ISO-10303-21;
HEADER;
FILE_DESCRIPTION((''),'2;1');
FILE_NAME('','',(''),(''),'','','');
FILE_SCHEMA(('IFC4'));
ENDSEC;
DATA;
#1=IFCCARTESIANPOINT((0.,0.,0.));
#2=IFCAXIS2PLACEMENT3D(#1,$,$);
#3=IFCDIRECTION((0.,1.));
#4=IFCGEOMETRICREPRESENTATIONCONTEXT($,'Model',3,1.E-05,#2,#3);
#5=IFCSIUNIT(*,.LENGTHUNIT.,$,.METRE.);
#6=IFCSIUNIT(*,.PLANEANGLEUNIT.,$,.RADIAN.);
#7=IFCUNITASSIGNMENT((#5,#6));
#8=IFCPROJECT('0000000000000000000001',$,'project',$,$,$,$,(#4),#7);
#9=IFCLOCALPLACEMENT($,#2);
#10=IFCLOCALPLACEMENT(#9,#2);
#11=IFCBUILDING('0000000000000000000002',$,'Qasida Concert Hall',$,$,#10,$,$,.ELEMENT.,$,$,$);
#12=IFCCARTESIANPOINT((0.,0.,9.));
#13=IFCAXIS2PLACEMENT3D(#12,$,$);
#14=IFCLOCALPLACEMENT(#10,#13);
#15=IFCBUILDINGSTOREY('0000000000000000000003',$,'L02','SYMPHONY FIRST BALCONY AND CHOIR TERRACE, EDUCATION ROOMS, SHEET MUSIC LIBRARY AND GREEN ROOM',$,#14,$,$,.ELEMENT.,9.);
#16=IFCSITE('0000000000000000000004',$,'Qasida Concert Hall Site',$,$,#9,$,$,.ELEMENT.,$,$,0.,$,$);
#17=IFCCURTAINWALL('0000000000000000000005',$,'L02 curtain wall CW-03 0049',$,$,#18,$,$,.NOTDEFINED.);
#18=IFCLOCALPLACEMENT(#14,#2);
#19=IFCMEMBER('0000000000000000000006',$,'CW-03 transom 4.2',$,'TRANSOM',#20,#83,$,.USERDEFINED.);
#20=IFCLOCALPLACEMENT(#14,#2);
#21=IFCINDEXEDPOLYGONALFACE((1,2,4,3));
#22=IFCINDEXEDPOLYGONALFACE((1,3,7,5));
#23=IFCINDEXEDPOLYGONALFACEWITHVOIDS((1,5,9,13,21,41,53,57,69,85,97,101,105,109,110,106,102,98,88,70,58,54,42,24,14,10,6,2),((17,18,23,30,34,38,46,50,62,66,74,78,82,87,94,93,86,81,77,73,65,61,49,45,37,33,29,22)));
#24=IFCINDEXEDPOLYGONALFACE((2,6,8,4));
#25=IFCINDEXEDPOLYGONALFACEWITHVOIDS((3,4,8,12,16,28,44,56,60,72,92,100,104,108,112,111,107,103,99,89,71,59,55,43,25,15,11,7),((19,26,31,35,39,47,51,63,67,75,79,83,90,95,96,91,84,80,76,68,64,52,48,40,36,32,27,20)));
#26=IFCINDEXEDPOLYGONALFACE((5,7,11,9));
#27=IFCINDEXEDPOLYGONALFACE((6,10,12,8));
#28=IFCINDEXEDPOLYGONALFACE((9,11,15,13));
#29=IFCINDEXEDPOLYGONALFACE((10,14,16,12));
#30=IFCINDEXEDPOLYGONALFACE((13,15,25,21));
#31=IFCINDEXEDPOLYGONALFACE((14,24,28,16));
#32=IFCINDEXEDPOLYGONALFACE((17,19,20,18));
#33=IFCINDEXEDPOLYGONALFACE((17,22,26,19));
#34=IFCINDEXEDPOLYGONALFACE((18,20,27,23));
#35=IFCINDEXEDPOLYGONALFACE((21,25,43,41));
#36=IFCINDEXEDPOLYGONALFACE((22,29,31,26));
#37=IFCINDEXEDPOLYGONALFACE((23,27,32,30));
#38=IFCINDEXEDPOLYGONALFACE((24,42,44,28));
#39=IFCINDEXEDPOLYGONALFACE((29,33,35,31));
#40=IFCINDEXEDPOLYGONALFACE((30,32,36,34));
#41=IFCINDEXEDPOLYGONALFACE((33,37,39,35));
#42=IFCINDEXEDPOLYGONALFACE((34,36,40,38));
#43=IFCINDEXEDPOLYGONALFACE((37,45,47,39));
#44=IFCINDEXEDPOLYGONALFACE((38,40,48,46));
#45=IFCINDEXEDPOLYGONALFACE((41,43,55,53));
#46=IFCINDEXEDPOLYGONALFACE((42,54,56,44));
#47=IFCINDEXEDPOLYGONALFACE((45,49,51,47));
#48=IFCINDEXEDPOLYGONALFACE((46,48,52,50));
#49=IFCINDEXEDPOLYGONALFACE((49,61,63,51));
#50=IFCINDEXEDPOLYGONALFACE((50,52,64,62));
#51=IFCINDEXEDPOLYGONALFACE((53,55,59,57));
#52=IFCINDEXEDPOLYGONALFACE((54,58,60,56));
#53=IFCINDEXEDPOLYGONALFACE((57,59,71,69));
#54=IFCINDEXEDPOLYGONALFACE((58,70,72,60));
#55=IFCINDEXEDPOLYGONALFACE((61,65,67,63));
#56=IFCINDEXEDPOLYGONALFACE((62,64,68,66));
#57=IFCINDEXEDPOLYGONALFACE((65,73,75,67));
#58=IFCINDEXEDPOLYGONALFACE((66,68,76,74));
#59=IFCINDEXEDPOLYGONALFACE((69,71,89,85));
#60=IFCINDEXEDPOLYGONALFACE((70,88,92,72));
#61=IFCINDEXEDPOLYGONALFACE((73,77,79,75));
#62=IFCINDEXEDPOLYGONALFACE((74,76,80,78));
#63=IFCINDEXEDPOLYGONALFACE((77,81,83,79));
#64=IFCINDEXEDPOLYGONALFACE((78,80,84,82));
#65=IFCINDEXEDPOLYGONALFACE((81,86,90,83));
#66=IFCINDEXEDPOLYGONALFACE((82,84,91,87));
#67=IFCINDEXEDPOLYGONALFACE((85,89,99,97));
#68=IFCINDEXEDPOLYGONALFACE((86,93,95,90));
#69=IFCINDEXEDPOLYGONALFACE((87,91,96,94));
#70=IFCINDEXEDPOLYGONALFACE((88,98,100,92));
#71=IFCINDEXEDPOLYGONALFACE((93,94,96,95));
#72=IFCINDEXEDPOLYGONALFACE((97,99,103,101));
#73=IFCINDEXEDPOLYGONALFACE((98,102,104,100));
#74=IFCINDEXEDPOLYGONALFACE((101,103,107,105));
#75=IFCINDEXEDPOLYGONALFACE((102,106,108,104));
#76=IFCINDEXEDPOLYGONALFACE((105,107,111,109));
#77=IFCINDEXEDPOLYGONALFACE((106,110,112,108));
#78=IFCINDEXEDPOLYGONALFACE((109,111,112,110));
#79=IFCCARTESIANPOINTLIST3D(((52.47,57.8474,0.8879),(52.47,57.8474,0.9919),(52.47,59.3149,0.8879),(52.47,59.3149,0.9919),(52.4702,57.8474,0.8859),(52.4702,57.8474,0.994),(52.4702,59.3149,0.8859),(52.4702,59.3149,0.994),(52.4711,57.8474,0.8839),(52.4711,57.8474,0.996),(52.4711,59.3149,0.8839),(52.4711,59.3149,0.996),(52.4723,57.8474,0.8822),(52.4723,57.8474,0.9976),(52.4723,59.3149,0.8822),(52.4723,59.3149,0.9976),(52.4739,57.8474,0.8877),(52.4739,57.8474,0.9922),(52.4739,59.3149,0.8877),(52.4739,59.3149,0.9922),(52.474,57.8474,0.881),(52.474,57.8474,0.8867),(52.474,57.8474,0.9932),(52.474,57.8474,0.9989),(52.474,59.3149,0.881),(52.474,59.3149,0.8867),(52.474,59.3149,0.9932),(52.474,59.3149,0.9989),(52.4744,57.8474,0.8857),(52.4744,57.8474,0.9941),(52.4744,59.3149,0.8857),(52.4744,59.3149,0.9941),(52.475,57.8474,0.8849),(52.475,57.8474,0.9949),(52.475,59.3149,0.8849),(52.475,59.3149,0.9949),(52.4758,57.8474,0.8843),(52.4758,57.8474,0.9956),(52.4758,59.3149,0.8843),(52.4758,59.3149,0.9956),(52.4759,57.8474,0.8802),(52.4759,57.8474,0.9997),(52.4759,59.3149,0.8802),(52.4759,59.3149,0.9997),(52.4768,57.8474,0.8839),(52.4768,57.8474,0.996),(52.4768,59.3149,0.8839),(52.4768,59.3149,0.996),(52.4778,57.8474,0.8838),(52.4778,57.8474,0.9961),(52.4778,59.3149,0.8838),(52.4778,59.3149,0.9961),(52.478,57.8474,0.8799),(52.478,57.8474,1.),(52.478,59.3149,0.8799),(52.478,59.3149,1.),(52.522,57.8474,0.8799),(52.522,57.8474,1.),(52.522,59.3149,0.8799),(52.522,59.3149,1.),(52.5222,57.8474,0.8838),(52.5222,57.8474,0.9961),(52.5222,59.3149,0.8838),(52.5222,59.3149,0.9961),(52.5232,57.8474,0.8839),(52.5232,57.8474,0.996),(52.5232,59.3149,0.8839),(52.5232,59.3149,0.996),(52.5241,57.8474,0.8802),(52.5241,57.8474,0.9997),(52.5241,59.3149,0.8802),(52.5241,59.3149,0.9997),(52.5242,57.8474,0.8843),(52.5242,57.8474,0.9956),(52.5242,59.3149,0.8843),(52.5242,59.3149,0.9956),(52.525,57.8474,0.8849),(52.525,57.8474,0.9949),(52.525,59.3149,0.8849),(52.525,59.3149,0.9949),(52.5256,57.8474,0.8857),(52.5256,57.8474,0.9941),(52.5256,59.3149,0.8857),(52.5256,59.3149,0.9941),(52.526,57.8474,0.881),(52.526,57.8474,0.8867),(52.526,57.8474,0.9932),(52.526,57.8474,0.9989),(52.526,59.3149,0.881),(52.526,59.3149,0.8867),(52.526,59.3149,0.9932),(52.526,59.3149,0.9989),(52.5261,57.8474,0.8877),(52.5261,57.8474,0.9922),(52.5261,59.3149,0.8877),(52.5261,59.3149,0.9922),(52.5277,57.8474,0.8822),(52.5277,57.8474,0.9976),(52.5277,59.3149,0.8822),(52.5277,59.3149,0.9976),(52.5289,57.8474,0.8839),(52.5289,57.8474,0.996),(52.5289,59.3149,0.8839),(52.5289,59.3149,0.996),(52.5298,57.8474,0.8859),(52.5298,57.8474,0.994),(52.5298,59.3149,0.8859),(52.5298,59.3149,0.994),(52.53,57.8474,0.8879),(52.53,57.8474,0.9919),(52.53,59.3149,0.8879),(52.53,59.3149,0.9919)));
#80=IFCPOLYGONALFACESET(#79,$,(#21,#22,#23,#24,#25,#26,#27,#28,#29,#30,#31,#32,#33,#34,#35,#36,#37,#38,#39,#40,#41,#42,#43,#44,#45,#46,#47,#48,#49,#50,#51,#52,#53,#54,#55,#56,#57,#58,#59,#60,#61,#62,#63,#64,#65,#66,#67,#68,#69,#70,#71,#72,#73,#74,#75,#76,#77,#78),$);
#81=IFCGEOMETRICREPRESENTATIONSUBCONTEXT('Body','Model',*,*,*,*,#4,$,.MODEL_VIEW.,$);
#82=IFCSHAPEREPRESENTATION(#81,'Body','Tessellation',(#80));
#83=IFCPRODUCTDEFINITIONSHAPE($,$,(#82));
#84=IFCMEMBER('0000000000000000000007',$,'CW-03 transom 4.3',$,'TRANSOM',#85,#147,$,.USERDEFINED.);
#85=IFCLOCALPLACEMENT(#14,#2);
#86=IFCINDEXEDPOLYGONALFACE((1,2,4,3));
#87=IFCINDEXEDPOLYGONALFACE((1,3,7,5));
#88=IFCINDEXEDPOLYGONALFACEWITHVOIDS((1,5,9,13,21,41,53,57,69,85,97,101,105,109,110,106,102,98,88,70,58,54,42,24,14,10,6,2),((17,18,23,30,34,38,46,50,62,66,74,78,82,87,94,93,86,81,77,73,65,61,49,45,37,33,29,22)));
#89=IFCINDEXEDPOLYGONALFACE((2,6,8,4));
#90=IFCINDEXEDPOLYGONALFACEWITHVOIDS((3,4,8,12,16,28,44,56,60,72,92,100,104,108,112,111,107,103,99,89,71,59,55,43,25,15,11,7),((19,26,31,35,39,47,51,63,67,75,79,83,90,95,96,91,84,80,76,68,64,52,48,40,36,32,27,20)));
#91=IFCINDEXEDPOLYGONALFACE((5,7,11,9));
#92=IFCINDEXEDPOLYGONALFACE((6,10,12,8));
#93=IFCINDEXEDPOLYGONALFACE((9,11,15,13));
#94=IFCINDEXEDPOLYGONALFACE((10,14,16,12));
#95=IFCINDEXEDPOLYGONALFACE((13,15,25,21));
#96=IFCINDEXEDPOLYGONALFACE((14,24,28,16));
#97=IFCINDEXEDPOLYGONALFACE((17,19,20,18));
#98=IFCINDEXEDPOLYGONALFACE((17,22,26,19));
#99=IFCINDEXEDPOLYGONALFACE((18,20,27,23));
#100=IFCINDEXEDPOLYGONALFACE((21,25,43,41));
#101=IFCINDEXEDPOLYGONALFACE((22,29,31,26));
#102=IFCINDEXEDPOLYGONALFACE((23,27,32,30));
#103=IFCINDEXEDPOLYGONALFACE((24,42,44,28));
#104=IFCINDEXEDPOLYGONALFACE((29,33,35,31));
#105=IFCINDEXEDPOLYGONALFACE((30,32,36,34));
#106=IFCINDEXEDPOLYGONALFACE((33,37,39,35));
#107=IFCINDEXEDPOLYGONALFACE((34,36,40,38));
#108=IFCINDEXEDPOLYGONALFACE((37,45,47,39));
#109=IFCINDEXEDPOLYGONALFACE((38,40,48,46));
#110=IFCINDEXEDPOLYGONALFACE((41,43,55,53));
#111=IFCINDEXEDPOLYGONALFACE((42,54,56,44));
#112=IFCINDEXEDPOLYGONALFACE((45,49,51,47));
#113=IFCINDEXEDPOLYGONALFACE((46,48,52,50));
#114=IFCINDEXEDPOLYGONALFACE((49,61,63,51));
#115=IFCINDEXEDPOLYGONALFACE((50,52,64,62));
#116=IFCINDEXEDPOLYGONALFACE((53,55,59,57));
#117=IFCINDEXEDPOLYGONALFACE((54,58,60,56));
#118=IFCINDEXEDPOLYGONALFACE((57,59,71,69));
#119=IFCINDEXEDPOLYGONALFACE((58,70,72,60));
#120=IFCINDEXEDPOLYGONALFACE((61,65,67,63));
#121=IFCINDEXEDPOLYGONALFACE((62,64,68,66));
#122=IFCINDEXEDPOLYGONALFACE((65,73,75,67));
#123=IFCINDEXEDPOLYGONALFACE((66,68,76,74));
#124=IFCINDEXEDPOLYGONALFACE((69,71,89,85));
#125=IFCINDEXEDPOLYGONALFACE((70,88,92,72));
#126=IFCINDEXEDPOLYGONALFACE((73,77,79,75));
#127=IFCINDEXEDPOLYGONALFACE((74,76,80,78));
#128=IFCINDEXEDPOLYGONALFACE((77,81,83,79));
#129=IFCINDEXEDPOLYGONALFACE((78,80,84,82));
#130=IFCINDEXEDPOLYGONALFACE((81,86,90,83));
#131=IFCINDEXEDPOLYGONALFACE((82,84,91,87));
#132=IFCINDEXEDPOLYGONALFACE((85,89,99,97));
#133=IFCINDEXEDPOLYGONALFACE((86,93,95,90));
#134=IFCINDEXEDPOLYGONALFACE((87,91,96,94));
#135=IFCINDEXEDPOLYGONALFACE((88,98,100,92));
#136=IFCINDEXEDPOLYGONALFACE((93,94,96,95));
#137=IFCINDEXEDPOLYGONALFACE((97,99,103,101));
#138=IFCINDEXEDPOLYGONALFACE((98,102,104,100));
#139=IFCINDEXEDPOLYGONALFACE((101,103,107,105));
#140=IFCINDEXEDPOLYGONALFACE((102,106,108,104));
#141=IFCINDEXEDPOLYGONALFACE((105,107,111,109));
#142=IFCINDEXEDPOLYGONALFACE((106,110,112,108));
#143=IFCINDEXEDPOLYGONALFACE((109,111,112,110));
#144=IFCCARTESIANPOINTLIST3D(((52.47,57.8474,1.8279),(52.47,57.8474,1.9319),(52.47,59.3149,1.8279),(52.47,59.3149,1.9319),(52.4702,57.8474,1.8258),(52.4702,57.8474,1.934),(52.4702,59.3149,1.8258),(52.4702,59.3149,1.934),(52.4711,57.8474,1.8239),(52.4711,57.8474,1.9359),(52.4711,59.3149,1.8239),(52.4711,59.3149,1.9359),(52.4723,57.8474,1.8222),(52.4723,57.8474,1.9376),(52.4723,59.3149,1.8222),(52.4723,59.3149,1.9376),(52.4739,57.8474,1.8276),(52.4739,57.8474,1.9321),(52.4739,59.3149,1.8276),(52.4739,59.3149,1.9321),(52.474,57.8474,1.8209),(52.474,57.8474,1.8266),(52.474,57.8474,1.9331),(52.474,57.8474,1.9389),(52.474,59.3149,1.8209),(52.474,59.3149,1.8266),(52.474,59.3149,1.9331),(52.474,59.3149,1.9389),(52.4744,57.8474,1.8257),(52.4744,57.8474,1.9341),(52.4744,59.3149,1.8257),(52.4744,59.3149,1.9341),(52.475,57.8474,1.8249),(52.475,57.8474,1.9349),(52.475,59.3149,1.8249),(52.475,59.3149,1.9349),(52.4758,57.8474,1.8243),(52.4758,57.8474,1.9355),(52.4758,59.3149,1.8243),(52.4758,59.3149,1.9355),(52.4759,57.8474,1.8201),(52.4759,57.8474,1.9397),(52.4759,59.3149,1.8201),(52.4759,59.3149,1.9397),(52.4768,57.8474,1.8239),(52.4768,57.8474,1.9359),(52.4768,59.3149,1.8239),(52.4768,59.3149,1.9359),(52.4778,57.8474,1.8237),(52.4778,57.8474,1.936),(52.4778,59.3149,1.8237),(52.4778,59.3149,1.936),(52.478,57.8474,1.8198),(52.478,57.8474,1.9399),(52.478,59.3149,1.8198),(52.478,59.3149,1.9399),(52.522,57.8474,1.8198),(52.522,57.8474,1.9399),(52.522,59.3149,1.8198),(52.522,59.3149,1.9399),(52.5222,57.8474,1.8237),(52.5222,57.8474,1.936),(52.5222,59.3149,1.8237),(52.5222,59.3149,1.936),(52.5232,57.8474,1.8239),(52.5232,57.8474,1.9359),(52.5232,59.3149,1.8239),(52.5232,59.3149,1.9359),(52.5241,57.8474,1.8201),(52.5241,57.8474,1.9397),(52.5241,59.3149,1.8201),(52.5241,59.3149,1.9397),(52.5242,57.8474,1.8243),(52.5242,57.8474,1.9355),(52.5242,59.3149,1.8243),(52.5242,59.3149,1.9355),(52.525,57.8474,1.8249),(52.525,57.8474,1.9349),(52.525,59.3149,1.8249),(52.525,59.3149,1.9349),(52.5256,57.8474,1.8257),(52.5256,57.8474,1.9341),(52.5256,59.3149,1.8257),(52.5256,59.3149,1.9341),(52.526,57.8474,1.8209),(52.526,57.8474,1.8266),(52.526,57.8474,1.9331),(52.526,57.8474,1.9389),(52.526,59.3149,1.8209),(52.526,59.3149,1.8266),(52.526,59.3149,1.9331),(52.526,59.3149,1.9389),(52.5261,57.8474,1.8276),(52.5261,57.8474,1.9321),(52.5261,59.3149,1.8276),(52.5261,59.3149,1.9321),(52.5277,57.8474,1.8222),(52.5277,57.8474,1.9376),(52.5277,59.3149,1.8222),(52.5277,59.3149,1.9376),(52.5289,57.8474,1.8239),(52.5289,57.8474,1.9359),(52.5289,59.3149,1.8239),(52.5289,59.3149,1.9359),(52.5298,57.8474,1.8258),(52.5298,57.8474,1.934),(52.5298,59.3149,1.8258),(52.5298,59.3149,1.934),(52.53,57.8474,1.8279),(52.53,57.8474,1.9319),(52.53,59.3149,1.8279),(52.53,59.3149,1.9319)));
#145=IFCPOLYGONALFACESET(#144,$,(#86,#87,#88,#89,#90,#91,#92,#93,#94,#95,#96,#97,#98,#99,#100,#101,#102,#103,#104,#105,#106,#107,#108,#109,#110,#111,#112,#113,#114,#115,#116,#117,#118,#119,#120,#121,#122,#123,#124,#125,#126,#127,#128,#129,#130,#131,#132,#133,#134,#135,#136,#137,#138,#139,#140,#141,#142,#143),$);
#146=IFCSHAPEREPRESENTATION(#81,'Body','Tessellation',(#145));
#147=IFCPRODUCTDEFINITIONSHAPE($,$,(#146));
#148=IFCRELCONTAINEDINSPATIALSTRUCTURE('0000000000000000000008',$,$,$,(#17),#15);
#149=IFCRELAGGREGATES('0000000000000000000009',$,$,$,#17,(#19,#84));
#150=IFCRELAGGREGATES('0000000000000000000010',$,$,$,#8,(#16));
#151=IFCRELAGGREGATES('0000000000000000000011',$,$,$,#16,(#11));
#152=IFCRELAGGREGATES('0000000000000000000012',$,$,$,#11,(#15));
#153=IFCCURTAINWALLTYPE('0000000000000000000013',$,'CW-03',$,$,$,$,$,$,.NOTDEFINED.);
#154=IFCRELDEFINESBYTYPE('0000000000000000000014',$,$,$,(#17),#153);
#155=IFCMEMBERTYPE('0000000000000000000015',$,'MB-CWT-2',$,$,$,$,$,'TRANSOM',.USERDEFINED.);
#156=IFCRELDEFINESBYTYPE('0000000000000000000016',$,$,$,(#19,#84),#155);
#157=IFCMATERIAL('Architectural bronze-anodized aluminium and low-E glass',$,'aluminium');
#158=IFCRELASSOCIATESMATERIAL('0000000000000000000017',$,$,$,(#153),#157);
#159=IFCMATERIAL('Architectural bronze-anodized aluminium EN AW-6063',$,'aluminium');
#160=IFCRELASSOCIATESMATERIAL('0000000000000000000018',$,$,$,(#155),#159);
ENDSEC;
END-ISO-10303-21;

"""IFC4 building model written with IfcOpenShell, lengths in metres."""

from ifc_helpers import new_model, si_unit, direction, frame, origin, origin_2d, place, context, subcontext, project, spatial, hollow_rectangle, extrude, material, material_profile, profile_set, type_object, element, aggregate, save


model = new_model("IFC4")

# Units and contexts
model_context = context("Model", 3, precision=1e-05, world=origin(), true_north=direction((0.0, 1.0)))
body_context = subcontext(model_context, "Body", "Model", "MODEL_VIEW")
ifc_project = project(units=[si_unit("LENGTHUNIT", "METRE"), si_unit("PLANEANGLEUNIT", "RADIAN")], contexts=[model_context])

# Site, building, storey
site_placement = place(None, origin())
site = spatial("IfcSite", under=ifc_project, at=site_placement, Name="Qasida Concert Hall Site", CompositionType="ELEMENT", RefElevation=0.0)
building_placement = place(site_placement, origin())
building = spatial("IfcBuilding", under=site, at=building_placement, Name="Qasida Concert Hall", CompositionType="ELEMENT")
storey_placement = place(building_placement, frame((0.0, 0.0, 9.0)))
storey = spatial("IfcBuildingStorey", under=building, at=storey_placement, Name="L02", Description="SYMPHONY FIRST BALCONY AND CHOIR TERRACE, EDUCATION ROOMS, SHEET MUSIC LIBRARY AND GREEN ROOM", CompositionType="ELEMENT", Elevation=9.0)

# Curtain wall, members
ifc_material_1 = material(Name="Architectural bronze-anodized aluminium and low-E glass", Category="aluminium")
curtain_wall_type = type_object("IfcCurtainWallType", Name="CW-03", PredefinedType="NOTDEFINED", material=ifc_material_1)
curtain_wall_placement = place(storey_placement, origin())
curtain_wall = element("IfcCurtainWall", 1, at=curtain_wall_placement, inside=storey, type_object=curtain_wall_type, Name="L02 curtain wall CW-03 0049", PredefinedType="NOTDEFINED")
ifc_material_2 = material(Name="Architectural bronze-anodized aluminium EN AW-6063", Category="aluminium")
ifc_material_profile = material_profile(ifc_material_2, hollow_rectangle(XDim=0.0601, YDim=0.1201, WallThickness=0.0039, InnerFilletRadius=0.0039, OuterFilletRadius=0.0081, at=origin_2d()), Name="CWT 120x60x4")
ifc_profile_set = profile_set([ifc_material_profile], Name="Architectural bronze-anodized aluminium EN AW-6063")
member_type = type_object("IfcMemberType", Name="MB-CWT-2", ElementType="TRANSOM", PredefinedType="USERDEFINED", material=ifc_profile_set)
member_1_placement = place(storey_placement, frame((52.5, 57.8474, 0.9399), z_axis=(0.0, 1.0, 0.0), x_axis=(-1.0, 0.0, 0.0)))
member_1 = element("IfcMember", 2, at=member_1_placement, type_object=member_type, Name="CW-03 transom 4.2", ObjectType="TRANSOM", PredefinedType="USERDEFINED", context=body_context, shape_type="SweptSolid", body=[
    extrude(hollow_rectangle(XDim=0.0601, YDim=0.1201, WallThickness=0.0039, InnerFilletRadius=0.0039, OuterFilletRadius=0.0081, at=origin_2d()), origin(), (0.0, 0.0, 1.0), 1.4675),
])
member_2_placement = place(storey_placement, frame((52.5, 57.8474, 1.8799), z_axis=(0.0, 1.0, 0.0), x_axis=(-1.0, 0.0, 0.0)))
member_2 = element("IfcMember", 3, at=member_2_placement, type_object=member_type, Name="CW-03 transom 4.3", ObjectType="TRANSOM", PredefinedType="USERDEFINED", context=body_context, shape_type="SweptSolid", body=[
    extrude(hollow_rectangle(XDim=0.0601, YDim=0.1201, WallThickness=0.0039, InnerFilletRadius=0.0039, OuterFilletRadius=0.0081, at=origin_2d()), origin(), (0.0, 0.0, 1.0), 1.4675),
])
aggregate(curtain_wall, [member_1, member_2])

save(model, "model.ifc")
